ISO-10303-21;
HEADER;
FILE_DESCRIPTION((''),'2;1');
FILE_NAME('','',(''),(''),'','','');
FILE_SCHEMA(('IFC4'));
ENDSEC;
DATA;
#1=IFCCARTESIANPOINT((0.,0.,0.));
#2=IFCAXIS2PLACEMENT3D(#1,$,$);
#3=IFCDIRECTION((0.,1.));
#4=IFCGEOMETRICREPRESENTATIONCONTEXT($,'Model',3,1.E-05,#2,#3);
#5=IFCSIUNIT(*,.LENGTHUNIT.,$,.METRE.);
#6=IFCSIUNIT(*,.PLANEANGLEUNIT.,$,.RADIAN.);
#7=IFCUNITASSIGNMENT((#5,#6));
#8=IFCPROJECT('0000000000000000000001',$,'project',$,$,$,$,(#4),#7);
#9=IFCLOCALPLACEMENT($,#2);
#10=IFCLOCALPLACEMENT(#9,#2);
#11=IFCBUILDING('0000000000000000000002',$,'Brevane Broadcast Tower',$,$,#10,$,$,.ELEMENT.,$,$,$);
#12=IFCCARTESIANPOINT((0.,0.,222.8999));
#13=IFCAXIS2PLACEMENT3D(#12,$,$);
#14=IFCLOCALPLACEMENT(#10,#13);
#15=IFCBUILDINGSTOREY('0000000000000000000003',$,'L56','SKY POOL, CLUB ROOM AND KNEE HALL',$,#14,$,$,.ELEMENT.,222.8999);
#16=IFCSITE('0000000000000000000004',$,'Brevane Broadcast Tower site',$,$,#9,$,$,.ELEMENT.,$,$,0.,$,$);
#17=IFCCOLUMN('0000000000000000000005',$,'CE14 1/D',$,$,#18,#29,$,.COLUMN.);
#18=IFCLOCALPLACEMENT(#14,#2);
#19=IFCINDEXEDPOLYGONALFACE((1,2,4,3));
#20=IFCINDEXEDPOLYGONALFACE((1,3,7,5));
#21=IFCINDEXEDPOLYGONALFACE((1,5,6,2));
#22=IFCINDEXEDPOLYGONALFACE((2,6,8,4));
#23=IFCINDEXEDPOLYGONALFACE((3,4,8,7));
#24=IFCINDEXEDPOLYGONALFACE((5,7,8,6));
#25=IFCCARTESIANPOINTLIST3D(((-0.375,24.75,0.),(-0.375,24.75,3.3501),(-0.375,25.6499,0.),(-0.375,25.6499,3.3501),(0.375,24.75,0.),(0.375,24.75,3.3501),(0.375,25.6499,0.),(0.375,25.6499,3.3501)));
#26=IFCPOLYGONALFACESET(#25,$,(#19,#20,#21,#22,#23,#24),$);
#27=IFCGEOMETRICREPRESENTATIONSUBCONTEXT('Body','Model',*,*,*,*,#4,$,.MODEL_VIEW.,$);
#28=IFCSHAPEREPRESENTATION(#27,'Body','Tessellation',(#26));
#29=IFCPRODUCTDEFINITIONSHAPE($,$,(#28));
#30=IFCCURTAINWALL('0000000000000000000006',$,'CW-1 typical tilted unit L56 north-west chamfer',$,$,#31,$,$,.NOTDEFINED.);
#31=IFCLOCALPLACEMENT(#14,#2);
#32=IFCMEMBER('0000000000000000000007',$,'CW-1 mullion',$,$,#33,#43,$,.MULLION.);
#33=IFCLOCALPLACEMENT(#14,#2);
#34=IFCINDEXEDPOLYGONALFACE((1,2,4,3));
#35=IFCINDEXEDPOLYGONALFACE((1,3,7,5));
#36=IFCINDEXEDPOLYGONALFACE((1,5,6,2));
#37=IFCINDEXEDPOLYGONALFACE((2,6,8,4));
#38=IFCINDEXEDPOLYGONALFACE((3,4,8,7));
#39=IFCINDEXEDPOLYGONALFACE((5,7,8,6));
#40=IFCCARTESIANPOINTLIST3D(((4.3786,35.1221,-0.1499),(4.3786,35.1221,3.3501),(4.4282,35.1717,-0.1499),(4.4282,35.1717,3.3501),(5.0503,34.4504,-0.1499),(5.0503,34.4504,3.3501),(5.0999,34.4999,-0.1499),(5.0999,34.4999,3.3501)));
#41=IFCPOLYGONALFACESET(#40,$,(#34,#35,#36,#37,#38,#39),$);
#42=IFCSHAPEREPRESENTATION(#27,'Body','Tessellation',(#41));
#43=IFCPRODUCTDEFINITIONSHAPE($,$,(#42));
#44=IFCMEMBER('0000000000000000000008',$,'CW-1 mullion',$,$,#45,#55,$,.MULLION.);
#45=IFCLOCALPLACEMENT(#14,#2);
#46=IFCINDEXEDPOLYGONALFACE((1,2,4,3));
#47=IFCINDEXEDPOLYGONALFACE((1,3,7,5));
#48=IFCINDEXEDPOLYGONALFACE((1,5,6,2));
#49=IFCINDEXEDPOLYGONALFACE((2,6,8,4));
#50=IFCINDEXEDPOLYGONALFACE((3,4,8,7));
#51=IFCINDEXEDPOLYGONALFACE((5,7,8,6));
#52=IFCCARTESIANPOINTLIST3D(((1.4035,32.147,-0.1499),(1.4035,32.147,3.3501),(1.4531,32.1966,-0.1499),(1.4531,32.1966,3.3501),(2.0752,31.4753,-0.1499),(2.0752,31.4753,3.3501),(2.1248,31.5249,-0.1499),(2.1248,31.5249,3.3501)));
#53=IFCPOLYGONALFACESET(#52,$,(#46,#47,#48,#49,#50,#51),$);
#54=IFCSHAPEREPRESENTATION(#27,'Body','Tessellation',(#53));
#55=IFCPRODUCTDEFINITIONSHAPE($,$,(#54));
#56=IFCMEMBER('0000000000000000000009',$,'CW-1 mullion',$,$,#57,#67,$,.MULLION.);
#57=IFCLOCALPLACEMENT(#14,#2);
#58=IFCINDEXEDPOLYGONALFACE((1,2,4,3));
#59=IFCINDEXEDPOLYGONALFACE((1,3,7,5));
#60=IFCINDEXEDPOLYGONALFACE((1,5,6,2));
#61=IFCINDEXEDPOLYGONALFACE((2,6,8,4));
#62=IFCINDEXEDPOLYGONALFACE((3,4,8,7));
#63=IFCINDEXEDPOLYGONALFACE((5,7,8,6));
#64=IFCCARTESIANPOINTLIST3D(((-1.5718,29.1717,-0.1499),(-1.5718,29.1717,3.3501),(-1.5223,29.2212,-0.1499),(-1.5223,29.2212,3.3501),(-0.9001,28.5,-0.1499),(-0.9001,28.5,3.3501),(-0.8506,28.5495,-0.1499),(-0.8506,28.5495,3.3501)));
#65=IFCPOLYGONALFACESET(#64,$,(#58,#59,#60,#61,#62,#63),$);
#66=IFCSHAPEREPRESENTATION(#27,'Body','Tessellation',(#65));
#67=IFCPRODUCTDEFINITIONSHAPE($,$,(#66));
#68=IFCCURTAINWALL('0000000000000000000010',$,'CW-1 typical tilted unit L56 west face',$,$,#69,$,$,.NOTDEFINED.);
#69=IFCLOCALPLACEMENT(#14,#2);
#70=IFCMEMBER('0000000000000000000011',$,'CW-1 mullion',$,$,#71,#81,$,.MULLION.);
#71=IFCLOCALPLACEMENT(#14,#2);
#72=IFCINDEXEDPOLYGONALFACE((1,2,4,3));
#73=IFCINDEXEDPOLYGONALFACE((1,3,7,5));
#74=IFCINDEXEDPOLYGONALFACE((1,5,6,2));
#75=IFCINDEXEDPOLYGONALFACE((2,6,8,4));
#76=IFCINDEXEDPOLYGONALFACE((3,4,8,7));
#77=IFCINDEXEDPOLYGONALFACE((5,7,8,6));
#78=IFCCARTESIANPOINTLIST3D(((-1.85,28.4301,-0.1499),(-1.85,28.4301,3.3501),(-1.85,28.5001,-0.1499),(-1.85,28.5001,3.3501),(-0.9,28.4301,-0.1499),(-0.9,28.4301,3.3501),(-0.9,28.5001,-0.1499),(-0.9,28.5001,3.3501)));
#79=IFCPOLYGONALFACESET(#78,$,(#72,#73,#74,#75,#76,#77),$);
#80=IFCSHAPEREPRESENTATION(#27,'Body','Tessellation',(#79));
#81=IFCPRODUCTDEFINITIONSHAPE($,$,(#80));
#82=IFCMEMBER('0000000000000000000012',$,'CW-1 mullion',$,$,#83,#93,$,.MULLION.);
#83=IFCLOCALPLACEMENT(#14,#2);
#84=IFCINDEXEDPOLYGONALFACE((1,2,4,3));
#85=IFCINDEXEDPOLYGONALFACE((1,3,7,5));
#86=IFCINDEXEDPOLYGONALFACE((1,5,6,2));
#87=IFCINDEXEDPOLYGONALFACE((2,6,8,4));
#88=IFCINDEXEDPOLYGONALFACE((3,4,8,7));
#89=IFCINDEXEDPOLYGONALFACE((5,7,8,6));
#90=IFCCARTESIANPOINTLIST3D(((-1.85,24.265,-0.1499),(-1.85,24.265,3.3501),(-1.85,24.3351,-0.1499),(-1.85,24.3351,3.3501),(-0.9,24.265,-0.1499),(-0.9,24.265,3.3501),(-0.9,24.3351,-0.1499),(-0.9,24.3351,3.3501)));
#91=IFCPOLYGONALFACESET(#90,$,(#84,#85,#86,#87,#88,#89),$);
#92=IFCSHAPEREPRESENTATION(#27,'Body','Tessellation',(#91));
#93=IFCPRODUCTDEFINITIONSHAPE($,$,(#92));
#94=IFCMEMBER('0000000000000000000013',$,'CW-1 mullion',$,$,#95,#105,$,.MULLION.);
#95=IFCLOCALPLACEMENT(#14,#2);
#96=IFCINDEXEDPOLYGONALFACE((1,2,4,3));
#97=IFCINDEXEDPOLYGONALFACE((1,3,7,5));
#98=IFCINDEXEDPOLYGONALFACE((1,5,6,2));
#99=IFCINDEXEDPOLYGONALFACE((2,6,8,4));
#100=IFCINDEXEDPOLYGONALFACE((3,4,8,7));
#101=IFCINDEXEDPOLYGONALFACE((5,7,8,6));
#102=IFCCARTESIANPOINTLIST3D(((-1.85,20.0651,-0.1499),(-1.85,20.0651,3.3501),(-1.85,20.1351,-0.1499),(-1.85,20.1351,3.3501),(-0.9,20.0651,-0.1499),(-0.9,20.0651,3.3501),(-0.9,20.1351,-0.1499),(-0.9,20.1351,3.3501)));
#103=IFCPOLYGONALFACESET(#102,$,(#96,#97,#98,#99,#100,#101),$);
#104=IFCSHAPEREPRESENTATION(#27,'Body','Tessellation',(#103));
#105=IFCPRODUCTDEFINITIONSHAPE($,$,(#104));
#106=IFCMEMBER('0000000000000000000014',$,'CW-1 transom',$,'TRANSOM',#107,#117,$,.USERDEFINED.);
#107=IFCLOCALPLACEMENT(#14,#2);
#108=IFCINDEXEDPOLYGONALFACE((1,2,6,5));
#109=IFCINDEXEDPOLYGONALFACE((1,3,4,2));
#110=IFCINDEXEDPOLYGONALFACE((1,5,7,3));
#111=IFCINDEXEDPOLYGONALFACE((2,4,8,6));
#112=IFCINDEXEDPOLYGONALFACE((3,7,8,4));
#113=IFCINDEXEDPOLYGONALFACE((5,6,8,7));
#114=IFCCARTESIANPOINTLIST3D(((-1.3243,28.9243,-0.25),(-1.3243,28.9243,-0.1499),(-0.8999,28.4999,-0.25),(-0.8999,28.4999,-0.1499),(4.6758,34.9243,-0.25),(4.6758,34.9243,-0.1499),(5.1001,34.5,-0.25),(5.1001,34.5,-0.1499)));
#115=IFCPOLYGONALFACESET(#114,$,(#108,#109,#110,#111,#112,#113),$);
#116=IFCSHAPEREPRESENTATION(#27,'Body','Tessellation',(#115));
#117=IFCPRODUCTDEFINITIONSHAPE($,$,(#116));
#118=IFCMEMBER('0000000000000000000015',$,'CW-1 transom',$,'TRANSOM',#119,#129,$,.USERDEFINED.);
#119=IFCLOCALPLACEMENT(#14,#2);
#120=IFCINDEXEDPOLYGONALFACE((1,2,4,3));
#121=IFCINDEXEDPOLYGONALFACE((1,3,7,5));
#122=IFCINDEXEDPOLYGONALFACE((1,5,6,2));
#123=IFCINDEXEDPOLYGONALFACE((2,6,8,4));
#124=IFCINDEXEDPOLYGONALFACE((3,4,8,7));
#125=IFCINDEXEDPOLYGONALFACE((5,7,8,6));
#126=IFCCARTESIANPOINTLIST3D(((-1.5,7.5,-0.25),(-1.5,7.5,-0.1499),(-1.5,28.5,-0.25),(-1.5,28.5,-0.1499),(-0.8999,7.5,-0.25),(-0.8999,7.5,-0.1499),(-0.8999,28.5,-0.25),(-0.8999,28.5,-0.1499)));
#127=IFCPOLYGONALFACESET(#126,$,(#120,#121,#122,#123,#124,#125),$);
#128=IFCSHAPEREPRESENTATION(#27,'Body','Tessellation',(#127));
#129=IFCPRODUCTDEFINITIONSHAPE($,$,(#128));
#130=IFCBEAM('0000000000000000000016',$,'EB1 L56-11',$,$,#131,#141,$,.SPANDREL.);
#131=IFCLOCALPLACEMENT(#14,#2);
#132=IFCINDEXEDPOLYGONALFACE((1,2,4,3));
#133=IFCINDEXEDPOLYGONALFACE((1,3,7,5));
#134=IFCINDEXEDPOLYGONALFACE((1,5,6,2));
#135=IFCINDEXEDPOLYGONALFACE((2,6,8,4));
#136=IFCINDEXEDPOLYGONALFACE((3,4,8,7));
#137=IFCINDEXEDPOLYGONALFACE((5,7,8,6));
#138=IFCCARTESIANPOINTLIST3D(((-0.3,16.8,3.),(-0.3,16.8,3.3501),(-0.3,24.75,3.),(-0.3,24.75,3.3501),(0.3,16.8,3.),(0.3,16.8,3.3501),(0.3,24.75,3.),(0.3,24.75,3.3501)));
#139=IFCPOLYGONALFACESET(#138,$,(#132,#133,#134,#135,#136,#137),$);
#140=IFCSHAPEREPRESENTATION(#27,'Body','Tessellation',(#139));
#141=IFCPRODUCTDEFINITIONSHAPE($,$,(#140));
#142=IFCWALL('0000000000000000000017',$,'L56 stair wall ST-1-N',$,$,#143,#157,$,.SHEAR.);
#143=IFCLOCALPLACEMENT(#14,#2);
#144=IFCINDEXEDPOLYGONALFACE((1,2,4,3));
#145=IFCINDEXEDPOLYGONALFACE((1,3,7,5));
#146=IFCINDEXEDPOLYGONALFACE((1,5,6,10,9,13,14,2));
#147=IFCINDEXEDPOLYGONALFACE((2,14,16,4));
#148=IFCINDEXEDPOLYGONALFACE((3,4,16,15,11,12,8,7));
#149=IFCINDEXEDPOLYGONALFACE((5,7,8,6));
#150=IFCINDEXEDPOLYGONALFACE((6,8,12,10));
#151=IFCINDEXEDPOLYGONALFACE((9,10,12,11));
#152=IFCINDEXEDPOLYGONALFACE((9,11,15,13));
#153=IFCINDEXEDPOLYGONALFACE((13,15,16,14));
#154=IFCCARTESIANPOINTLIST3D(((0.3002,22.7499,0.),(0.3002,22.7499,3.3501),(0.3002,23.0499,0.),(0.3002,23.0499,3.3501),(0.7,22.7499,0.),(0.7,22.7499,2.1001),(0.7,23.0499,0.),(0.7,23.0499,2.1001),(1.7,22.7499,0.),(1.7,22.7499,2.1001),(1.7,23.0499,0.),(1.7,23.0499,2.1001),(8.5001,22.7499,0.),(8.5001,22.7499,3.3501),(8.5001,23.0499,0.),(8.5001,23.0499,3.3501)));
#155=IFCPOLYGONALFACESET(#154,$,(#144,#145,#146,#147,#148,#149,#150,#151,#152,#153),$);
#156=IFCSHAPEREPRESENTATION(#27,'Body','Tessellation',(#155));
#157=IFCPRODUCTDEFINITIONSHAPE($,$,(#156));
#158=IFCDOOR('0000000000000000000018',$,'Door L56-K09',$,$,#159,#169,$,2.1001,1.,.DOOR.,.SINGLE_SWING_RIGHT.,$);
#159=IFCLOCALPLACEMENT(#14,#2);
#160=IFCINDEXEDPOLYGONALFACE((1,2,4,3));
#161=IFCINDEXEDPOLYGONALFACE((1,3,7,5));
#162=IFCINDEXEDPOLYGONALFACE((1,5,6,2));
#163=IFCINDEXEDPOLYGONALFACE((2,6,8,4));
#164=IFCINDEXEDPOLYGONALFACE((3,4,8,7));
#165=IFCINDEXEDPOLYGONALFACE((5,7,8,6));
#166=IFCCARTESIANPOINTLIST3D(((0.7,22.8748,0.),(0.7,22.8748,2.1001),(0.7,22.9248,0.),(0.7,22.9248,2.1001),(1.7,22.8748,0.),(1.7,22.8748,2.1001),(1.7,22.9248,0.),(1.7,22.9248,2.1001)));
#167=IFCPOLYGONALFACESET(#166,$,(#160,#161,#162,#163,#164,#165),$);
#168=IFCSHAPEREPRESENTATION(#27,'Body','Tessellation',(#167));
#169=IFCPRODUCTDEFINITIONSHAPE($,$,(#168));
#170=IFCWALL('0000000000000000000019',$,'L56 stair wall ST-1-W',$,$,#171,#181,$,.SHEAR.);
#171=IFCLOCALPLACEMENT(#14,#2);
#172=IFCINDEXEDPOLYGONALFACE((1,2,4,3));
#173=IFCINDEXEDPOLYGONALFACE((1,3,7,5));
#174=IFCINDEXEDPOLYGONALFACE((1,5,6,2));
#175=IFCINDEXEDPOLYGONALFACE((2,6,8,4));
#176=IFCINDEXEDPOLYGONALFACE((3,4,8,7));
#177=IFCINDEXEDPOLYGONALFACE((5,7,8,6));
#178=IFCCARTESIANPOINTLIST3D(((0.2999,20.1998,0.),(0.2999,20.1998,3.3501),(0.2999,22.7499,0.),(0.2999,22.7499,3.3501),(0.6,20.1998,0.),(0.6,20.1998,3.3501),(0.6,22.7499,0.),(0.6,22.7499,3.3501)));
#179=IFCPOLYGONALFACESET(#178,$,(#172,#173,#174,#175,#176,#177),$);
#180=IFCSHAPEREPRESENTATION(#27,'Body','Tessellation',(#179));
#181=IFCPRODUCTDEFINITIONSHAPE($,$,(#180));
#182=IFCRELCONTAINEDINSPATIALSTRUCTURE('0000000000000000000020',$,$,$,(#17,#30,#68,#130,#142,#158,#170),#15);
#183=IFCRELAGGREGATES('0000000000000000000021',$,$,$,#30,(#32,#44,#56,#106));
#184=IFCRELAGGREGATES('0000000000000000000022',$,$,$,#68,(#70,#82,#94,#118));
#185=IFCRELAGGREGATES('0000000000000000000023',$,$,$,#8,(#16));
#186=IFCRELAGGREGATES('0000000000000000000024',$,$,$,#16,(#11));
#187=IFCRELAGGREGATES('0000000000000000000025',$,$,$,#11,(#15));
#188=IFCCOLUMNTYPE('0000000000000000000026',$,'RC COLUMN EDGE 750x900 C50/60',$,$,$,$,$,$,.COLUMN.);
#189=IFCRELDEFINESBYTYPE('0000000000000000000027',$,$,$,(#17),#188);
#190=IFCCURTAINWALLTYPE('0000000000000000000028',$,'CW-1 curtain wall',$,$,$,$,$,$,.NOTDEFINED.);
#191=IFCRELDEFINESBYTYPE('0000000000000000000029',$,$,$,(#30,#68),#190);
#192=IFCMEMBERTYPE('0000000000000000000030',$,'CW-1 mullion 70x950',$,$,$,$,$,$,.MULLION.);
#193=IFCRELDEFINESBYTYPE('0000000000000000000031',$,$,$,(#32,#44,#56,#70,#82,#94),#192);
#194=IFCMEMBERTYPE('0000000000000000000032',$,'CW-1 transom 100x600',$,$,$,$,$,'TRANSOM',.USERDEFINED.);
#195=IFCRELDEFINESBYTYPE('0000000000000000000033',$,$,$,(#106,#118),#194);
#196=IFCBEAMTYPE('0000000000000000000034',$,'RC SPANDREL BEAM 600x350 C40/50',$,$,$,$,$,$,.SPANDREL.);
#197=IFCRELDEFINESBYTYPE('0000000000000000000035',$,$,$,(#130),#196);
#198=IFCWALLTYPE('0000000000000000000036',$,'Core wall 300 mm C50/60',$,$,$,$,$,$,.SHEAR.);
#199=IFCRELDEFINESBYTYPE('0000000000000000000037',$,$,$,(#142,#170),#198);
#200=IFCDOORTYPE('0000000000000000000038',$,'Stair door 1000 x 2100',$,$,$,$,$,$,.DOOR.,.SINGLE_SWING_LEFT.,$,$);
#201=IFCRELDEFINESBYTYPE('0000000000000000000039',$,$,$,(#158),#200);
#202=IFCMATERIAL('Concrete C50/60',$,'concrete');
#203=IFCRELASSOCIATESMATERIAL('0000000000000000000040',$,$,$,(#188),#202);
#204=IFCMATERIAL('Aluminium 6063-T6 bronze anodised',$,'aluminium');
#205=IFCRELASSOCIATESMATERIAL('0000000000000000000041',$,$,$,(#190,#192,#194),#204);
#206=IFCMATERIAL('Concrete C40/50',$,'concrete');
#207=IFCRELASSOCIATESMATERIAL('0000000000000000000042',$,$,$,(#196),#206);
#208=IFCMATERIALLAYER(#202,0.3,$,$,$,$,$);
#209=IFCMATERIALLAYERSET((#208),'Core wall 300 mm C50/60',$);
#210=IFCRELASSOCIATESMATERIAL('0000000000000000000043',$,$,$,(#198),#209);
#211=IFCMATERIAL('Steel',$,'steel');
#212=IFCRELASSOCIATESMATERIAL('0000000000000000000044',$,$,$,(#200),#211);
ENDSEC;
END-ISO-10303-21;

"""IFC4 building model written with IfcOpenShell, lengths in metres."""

from ifc_helpers import new_model, si_unit, direction, frame, frame_2d, origin, origin_2d, place, context, subcontext, project, spatial, rectangle, extrude, material, layer, layer_set, material_profile, profile_set, type_object, element, fill, aggregate, save


model = new_model("IFC4")

# Units and contexts
model_context = context("Model", 3, precision=1e-05, world=origin(), true_north=direction((0.0, 1.0)))
body_context = subcontext(model_context, "Body", "Model", "MODEL_VIEW")
ifc_project = project(units=[si_unit("LENGTHUNIT", "METRE"), si_unit("PLANEANGLEUNIT", "RADIAN")], contexts=[model_context])

# Site, building, storey
site_placement = place(None, origin())
site = spatial("IfcSite", under=ifc_project, at=site_placement, Name="Brevane Broadcast Tower site", CompositionType="ELEMENT", RefElevation=0.0)
building_placement = place(site_placement, origin())
building = spatial("IfcBuilding", under=site, at=building_placement, Name="Brevane Broadcast Tower", CompositionType="ELEMENT")
storey_placement = place(building_placement, frame((0.0, 0.0, 222.8999)))
storey = spatial("IfcBuildingStorey", under=building, at=storey_placement, Name="L56", Description="SKY POOL, CLUB ROOM AND KNEE HALL", CompositionType="ELEMENT", Elevation=222.8999)

# Column
ifc_material_1 = material(Name="Concrete C50/60", Category="concrete")
ifc_material_profile_1 = material_profile(ifc_material_1, rectangle(XDim=0.75, YDim=0.8999, at=origin_2d()), Name="RC 750x900")
ifc_profile_set_1 = profile_set([ifc_material_profile_1], Name="Concrete C50/60")
column_type = type_object("IfcColumnType", Name="RC COLUMN EDGE 750x900 C50/60", PredefinedType="COLUMN", material=ifc_profile_set_1)
column_placement = place(storey_placement, frame((0.0, 25.2, 0.0), z_axis=(0.0, 0.0, 1.0), x_axis=(1.0, 0.0, 0.0)))
element("IfcColumn", 1, at=column_placement, inside=storey, type_object=column_type, Name="CE14 1/D", PredefinedType="COLUMN", context=body_context, shape_type="SweptSolid", body=[
    extrude(rectangle(XDim=0.75, YDim=0.8999, at=origin_2d()), origin(), (0.0, 0.0, 1.0), 3.3501),
])

# Curtain walls, members
ifc_material_2 = material(Name="Aluminium 6063-T6 bronze anodised", Category="aluminium")
curtain_wall_type = type_object("IfcCurtainWallType", Name="CW-1 curtain wall", PredefinedType="NOTDEFINED", material=ifc_material_2)
curtain_wall_1_placement = place(storey_placement, origin())
curtain_wall_1 = element("IfcCurtainWall", 2, at=curtain_wall_1_placement, inside=storey, type_object=curtain_wall_type, Name="CW-1 typical tilted unit L56 north-west chamfer", PredefinedType="NOTDEFINED")
ifc_material_profile_2 = material_profile(ifc_material_2, rectangle(XDim=0.95, YDim=0.0701, at=origin_2d()), Name="RECT 70x950")
ifc_profile_set_2 = profile_set([ifc_material_profile_2], Name="Aluminium 6063-T6 bronze anodised")
member_type_1 = type_object("IfcMemberType", Name="CW-1 mullion 70x950", PredefinedType="MULLION", material=ifc_profile_set_2)
member_1_placement = place(storey_placement, frame((4.7393, 34.811, -0.1499), z_axis=(0.0, 0.0, 1.0), x_axis=(0.707107, -0.707107, 0.0)))
member_1 = element("IfcMember", 3, at=member_1_placement, type_object=member_type_1, Name="CW-1 mullion", PredefinedType="MULLION", context=body_context, shape_type="SweptSolid", body=[
    extrude(rectangle(XDim=0.95, YDim=0.0701, at=origin_2d()), origin(), (0.0, 0.0, 1.0), 3.5),
])
member_2_placement = place(storey_placement, frame((1.7642, 31.8359, -0.1499), z_axis=(0.0, 0.0, 1.0), x_axis=(0.707107, -0.707107, 0.0)))
member_2 = element("IfcMember", 4, at=member_2_placement, type_object=member_type_1, Name="CW-1 mullion", PredefinedType="MULLION", context=body_context, shape_type="SweptSolid", body=[
    extrude(rectangle(XDim=0.95, YDim=0.0701, at=origin_2d()), origin(), (0.0, 0.0, 1.0), 3.5),
])
member_3_placement = place(storey_placement, frame((-1.2112, 28.8606, -0.1499), z_axis=(0.0, 0.0, 1.0), x_axis=(0.707107, -0.707107, 0.0)))
member_3 = element("IfcMember", 5, at=member_3_placement, type_object=member_type_1, Name="CW-1 mullion", PredefinedType="MULLION", context=body_context, shape_type="SweptSolid", body=[
    extrude(rectangle(XDim=0.95, YDim=0.0701, at=origin_2d()), origin(), (0.0, 0.0, 1.0), 3.5),
])
curtain_wall_2_placement = place(storey_placement, origin())
curtain_wall_2 = element("IfcCurtainWall", 6, at=curtain_wall_2_placement, inside=storey, type_object=curtain_wall_type, Name="CW-1 typical tilted unit L56 west face", PredefinedType="NOTDEFINED")
member_4_placement = place(storey_placement, frame((-1.375, 28.4651, -0.1499), z_axis=(0.0, 0.0, 1.0), x_axis=(1.0, 0.0, 0.0)))
member_4 = element("IfcMember", 7, at=member_4_placement, type_object=member_type_1, Name="CW-1 mullion", PredefinedType="MULLION", context=body_context, shape_type="SweptSolid", body=[
    extrude(rectangle(XDim=0.95, YDim=0.0701, at=origin_2d()), origin(), (0.0, 0.0, 1.0), 3.5),
])
member_5_placement = place(storey_placement, frame((-1.375, 24.3, -0.1499), z_axis=(0.0, 0.0, 1.0), x_axis=(1.0, 0.0, 0.0)))
member_5 = element("IfcMember", 8, at=member_5_placement, type_object=member_type_1, Name="CW-1 mullion", PredefinedType="MULLION", context=body_context, shape_type="SweptSolid", body=[
    extrude(rectangle(XDim=0.95, YDim=0.0701, at=origin_2d()), origin(), (0.0, 0.0, 1.0), 3.5),
])
member_6_placement = place(storey_placement, frame((-1.375, 20.1001, -0.1499), z_axis=(0.0, 0.0, 1.0), x_axis=(1.0, 0.0, 0.0)))
member_6 = element("IfcMember", 9, at=member_6_placement, type_object=member_type_1, Name="CW-1 mullion", PredefinedType="MULLION", context=body_context, shape_type="SweptSolid", body=[
    extrude(rectangle(XDim=0.95, YDim=0.0701, at=origin_2d()), origin(), (0.0, 0.0, 1.0), 3.5),
])

# Members
ifc_material_profile_3 = material_profile(ifc_material_2, rectangle(XDim=0.6001, YDim=0.1001, at=origin_2d()), Name="RECT 100x600")
ifc_profile_set_3 = profile_set([ifc_material_profile_3], Name="Aluminium 6063-T6 bronze anodised")
member_type_2 = type_object("IfcMemberType", Name="CW-1 transom 100x600", ElementType="TRANSOM", PredefinedType="USERDEFINED", material=ifc_profile_set_3)
member_7_placement = place(storey_placement, frame((4.8879, 34.7122, -0.2), z_axis=(-0.707107, -0.707107, 0.0), x_axis=(0.707107, -0.707107, 0.0)))
member_7 = element("IfcMember", 10, at=member_7_placement, type_object=member_type_2, Name="CW-1 transom", ObjectType="TRANSOM", PredefinedType="USERDEFINED", context=body_context, shape_type="SweptSolid", body=[
    extrude(rectangle(XDim=0.6001, YDim=0.1001, at=origin_2d()), origin(), (0.0, 0.0, 1.0), 8.4854),
])
aggregate(curtain_wall_1, [member_1, member_2, member_3, member_7])
member_8_placement = place(storey_placement, frame((-1.2, 28.5, -0.2), z_axis=(0.0, -1.0, 0.0), x_axis=(1.0, 0.0, 0.0)))
member_8 = element("IfcMember", 11, at=member_8_placement, type_object=member_type_2, Name="CW-1 transom", ObjectType="TRANSOM", PredefinedType="USERDEFINED", context=body_context, shape_type="SweptSolid", body=[
    extrude(rectangle(XDim=0.6001, YDim=0.1001, at=origin_2d()), origin(), (0.0, 0.0, 1.0), 21.0),
])
aggregate(curtain_wall_2, [member_4, member_5, member_6, member_8])

# Beam
ifc_material_3 = material(Name="Concrete C40/50", Category="concrete")
ifc_material_profile_4 = material_profile(ifc_material_3, rectangle(XDim=0.6001, YDim=0.3501, at=origin_2d()), Name="RC 600x350")
ifc_profile_set_4 = profile_set([ifc_material_profile_4], Name="Concrete C40/50")
beam_type = type_object("IfcBeamType", Name="RC SPANDREL BEAM 600x350 C40/50", PredefinedType="SPANDREL", material=ifc_profile_set_4)
beam_placement = place(storey_placement, frame((0.0, 24.75, 3.175), z_axis=(0.0, -1.0, 0.0), x_axis=(1.0, 0.0, 0.0)))
element("IfcBeam", 12, at=beam_placement, inside=storey, type_object=beam_type, Name="EB1 L56-11", PredefinedType="SPANDREL", context=body_context, shape_type="SweptSolid", body=[
    extrude(rectangle(XDim=0.6001, YDim=0.3501, at=origin_2d()), origin(), (0.0, 0.0, 1.0), 7.95),
])

# Wall, opening, door
ifc_layer = layer(ifc_material_1, 0.3)
ifc_layer_set = layer_set([ifc_layer], Name="Core wall 300 mm C50/60")
wall_type = type_object("IfcWallType", Name="Core wall 300 mm C50/60", PredefinedType="SHEAR", material=ifc_layer_set)
wall_1_placement = place(storey_placement, frame((0.3, 22.8999, 0.0), z_axis=(0.0, 0.0, 1.0), x_axis=(1.0, 0.0, 0.0)))
wall_1 = element("IfcWall", 13, at=wall_1_placement, inside=storey, type_object=wall_type, Name="L56 stair wall ST-1-N", PredefinedType="SHEAR", context=body_context, shape_type="SweptSolid", body=[
    extrude(rectangle(XDim=8.2, YDim=0.3, at=frame_2d((4.1001, 0.0))), origin(), (0.0, 0.0, 1.0), 3.3501),
])
opening_placement = place(wall_1_placement, frame((0.3999, 0.0, 0.0)))
opening = element("IfcOpeningElement", 14, at=opening_placement, cuts=wall_1, PredefinedType="OPENING", context=body_context, shape_type="SweptSolid", body=[
    extrude(rectangle(XDim=1.0, YDim=2.1001, at=frame_2d((0.5, 1.05))), frame((0.0, 0.1599, 0.0), z_axis=(0.0, -1.0, 0.0), x_axis=(1.0, 0.0, 0.0)), (0.0, 0.0, 1.0), 0.3201),
])
ifc_material_4 = material(Name="Steel", Category="steel")
door_type = type_object("IfcDoorType", Name="Stair door 1000 x 2100", OperationType="SINGLE_SWING_LEFT", PredefinedType="DOOR", material=ifc_material_4)
door_placement = place(opening_placement, origin())
door = element("IfcDoor", 15, at=door_placement, inside=storey, type_object=door_type, Name="Door L56-K09", OperationType="SINGLE_SWING_RIGHT", OverallHeight=2.1001, OverallWidth=1.0, PredefinedType="DOOR", context=body_context, shape_type="SweptSolid", body=[
    extrude(rectangle(XDim=1.0, YDim=2.1001, at=frame_2d((0.5, 1.05))), frame((0.0, 0.0249, 0.0), z_axis=(0.0, -1.0, 0.0), x_axis=(1.0, 0.0, 0.0)), (0.0, 0.0, 1.0), 0.05),
])
fill(opening, door)

# Wall
wall_2_placement = place(storey_placement, frame((0.45, 20.2, 0.0), z_axis=(0.0, 0.0, 1.0), x_axis=(0.0, 1.0, 0.0)))
element("IfcWall", 16, at=wall_2_placement, inside=storey, type_object=wall_type, Name="L56 stair wall ST-1-W", PredefinedType="SHEAR", context=body_context, shape_type="SweptSolid", body=[
    extrude(rectangle(XDim=2.55, YDim=0.3, at=frame_2d((1.2749, 0.0))), origin(), (0.0, 0.0, 1.0), 3.3501),
])

save(model, "model.ifc")
